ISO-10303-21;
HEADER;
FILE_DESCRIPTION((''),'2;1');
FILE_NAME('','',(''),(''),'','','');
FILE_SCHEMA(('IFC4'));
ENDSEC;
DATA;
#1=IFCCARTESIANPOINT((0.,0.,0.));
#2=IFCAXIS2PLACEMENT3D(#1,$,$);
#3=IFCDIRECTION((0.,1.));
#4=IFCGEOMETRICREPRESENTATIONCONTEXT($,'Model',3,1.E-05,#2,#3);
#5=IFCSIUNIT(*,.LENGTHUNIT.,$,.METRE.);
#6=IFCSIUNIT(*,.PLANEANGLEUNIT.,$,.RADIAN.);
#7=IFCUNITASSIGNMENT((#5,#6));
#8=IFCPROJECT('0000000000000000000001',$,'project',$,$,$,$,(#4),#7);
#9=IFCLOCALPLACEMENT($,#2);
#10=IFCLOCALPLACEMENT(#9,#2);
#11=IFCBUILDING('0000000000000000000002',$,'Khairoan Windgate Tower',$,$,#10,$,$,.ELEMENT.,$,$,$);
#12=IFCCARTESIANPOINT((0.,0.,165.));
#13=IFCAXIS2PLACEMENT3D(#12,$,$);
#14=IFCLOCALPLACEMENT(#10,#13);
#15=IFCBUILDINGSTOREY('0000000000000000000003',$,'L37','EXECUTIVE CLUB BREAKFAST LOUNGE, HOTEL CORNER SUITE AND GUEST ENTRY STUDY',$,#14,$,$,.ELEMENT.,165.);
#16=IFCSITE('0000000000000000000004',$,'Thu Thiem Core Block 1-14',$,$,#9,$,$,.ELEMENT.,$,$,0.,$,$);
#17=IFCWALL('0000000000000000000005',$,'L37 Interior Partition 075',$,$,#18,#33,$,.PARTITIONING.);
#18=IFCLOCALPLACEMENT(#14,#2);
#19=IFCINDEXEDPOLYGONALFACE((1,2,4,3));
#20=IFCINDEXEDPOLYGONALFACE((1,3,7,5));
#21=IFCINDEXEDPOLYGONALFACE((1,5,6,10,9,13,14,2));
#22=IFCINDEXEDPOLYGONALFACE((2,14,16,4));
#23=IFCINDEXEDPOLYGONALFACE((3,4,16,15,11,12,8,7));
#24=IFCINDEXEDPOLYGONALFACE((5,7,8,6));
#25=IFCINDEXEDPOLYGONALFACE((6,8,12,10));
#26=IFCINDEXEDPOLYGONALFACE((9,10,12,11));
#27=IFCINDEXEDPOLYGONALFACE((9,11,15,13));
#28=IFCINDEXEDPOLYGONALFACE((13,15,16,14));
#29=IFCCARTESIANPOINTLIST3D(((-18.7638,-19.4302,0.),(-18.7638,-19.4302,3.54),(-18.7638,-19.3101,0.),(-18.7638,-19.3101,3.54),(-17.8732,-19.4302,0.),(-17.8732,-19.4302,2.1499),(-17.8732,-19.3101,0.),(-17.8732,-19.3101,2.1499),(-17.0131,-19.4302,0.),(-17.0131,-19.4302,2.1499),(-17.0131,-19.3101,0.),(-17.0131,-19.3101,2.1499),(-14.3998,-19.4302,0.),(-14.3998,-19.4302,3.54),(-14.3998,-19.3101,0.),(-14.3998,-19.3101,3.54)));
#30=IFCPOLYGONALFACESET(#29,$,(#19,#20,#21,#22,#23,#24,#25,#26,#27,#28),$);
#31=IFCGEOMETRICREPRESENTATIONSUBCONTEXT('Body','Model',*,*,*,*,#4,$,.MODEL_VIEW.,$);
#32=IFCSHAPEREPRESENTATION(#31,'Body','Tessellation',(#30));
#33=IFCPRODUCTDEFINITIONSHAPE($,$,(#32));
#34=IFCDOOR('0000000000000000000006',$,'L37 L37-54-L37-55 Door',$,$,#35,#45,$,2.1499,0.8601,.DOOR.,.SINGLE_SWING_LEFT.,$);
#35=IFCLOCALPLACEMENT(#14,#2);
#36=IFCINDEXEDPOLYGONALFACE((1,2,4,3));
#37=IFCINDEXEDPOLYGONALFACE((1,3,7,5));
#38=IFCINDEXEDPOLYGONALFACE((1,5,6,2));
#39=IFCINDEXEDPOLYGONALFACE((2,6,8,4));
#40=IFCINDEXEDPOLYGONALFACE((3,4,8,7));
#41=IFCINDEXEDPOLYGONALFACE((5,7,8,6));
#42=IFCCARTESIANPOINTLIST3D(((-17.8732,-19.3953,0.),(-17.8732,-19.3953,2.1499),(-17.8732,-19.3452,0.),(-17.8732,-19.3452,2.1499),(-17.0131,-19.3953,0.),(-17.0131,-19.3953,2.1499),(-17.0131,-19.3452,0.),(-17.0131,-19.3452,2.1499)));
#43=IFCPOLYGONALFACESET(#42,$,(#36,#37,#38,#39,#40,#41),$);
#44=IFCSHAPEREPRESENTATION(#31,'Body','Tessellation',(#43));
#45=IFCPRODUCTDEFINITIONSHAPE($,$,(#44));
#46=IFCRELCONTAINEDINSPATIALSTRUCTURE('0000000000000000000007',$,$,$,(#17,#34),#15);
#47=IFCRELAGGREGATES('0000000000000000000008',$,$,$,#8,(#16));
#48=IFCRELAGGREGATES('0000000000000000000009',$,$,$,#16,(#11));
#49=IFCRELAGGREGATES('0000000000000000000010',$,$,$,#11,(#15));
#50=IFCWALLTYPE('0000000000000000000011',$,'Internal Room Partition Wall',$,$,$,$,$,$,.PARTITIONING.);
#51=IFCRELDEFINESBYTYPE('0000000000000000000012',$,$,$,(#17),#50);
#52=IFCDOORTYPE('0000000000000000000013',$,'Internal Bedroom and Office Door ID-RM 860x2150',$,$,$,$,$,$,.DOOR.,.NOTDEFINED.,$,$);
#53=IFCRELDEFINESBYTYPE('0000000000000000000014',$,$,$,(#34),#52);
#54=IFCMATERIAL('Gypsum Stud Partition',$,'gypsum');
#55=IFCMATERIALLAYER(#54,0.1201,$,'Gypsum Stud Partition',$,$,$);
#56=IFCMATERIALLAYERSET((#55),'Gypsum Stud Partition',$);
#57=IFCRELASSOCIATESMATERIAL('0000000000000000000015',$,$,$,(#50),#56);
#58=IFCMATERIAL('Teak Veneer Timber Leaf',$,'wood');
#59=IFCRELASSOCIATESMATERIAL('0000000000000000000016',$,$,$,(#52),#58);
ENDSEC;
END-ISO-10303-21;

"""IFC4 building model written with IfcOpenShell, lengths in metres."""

from ifc_helpers import new_model, si_unit, direction, frame, frame_2d, origin, place, context, subcontext, project, spatial, rectangle, extrude, material, layer, layer_set, type_object, element, fill, save


model = new_model("IFC4")

# Units and contexts
model_context = context("Model", 3, precision=1e-05, world=origin(), true_north=direction((0.0, 1.0)))
body_context = subcontext(model_context, "Body", "Model", "MODEL_VIEW")
ifc_project = project(units=[si_unit("LENGTHUNIT", "METRE"), si_unit("PLANEANGLEUNIT", "RADIAN")], contexts=[model_context])

# Site, building, storey
site_placement = place(None, origin())
site = spatial("IfcSite", under=ifc_project, at=site_placement, Name="Thu Thiem Core Block 1-14", CompositionType="ELEMENT", RefElevation=0.0)
building_placement = place(site_placement, origin())
building = spatial("IfcBuilding", under=site, at=building_placement, Name="Khairoan Windgate Tower", CompositionType="ELEMENT")
storey_placement = place(building_placement, frame((0.0, 0.0, 165.0)))
storey = spatial("IfcBuildingStorey", under=building, at=storey_placement, Name="L37", Description="EXECUTIVE CLUB BREAKFAST LOUNGE, HOTEL CORNER SUITE AND GUEST ENTRY STUDY", CompositionType="ELEMENT", Elevation=165.0)

# Wall, opening, door
ifc_material_1 = material(Name="Gypsum Stud Partition", Category="gypsum")
ifc_layer_1 = layer(ifc_material_1, 0.1201, Name="Gypsum Stud Partition")
ifc_layer_set_1 = layer_set([ifc_layer_1], Name="Gypsum Stud Partition")
wall_type_1 = type_object("IfcWallType", Name="Internal Room Partition Wall", PredefinedType="PARTITIONING", material=ifc_layer_set_1)
wall_1_placement = place(storey_placement, frame((-18.7639, -19.3701, 0.0), z_axis=(0.0, 0.0, 1.0), x_axis=(1.0, 0.0, 0.0)))
wall_1 = element("IfcWall", 1, at=wall_1_placement, inside=storey, type_object=wall_type_1, Name="L37 Interior Partition 075", PredefinedType="PARTITIONING", context=body_context, shape_type="SweptSolid", body=[
    extrude(rectangle(XDim=4.364, YDim=0.1201, at=frame_2d((2.1821, 0.0))), origin(), (0.0, 0.0, 1.0), 3.54),
])
opening_1_placement = place(wall_1_placement, frame((0.8906, 0.0, 0.0)))
opening_1 = element("IfcOpeningElement", 2, at=opening_1_placement, cuts=wall_1, PredefinedType="OPENING", context=body_context, shape_type="SweptSolid", body=[
    extrude(rectangle(XDim=0.8601, YDim=2.1499, at=frame_2d((0.4302, 1.075))), frame((0.0, 0.0701, 0.0), z_axis=(0.0, -1.0, 0.0), x_axis=(1.0, 0.0, 0.0)), (0.0, 0.0, 1.0), 0.1401),
])
ifc_material_2 = material(Name="Teak Veneer Timber Leaf", Category="wood")
door_type_1 = type_object("IfcDoorType", Name="Internal Bedroom and Office Door ID-RM 860x2150", OperationType="NOTDEFINED", PredefinedType="DOOR", material=ifc_material_2)
door_1_placement = place(opening_1_placement, origin())
door_1 = element("IfcDoor", 3, at=door_1_placement, inside=storey, type_object=door_type_1, Name="L37 L37-54-L37-55 Door", OperationType="SINGLE_SWING_LEFT", OverallHeight=2.1499, OverallWidth=0.8601, PredefinedType="DOOR", context=body_context, shape_type="SweptSolid", body=[
    extrude(rectangle(XDim=0.8601, YDim=2.1499, at=frame_2d((0.4302, 1.075))), frame((0.0, 0.0249, 0.0), z_axis=(0.0, -1.0, 0.0), x_axis=(1.0, 0.0, 0.0)), (0.0, 0.0, 1.0), 0.05),
])
fill(opening_1, door_1)

save(model, "model.ifc")
